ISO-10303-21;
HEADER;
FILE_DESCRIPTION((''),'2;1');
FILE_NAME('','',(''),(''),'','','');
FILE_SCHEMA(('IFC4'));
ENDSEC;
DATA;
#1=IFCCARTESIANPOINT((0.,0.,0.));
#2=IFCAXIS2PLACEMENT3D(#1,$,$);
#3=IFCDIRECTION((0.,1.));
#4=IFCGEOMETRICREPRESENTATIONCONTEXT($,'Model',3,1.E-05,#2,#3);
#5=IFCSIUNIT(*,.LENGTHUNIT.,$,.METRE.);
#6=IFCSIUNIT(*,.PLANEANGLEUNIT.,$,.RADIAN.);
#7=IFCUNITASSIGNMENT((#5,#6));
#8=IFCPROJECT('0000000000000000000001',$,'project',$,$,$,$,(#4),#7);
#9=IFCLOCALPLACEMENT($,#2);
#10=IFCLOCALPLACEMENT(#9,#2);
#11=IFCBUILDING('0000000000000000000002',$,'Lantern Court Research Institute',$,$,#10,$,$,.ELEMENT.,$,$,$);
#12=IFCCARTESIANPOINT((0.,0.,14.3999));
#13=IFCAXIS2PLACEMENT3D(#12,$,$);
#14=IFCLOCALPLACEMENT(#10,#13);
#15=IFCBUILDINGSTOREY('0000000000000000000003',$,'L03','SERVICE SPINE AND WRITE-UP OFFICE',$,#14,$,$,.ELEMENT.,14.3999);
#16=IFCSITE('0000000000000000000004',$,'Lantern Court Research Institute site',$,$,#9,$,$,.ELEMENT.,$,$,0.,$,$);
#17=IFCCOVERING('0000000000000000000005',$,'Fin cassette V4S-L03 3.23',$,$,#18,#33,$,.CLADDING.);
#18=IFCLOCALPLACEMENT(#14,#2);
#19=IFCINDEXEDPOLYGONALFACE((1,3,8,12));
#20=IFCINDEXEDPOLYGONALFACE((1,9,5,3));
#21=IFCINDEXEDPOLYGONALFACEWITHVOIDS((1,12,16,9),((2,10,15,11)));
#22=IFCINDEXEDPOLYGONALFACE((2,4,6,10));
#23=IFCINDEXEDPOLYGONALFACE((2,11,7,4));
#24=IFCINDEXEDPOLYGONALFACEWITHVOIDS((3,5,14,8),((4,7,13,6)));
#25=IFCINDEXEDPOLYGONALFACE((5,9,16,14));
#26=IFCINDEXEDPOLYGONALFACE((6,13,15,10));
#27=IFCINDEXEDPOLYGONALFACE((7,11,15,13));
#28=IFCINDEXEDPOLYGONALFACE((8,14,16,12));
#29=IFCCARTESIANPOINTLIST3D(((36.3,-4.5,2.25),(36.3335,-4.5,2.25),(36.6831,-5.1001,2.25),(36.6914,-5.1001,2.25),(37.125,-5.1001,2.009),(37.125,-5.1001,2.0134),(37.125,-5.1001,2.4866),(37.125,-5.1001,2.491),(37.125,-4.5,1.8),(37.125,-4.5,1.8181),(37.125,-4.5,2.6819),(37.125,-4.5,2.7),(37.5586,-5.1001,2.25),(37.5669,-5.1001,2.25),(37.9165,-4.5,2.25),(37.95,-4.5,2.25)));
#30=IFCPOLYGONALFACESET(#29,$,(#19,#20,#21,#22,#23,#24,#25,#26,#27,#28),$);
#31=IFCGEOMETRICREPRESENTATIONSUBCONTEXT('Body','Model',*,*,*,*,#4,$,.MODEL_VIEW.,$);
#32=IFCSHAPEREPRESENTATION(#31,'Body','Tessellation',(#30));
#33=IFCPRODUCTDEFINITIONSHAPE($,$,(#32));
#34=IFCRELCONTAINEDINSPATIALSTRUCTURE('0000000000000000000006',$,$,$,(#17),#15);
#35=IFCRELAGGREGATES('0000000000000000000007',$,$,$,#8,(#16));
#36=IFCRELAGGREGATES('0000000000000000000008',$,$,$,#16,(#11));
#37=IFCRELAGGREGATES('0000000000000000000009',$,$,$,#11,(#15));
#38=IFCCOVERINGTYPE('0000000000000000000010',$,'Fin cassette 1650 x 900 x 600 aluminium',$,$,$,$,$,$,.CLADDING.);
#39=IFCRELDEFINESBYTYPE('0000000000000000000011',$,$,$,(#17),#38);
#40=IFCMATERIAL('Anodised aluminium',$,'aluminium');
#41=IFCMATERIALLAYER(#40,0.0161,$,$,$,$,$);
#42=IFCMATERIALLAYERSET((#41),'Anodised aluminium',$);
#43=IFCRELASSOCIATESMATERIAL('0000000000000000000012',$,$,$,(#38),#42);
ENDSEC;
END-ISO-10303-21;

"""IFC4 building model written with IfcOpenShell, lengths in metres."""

from ifc_helpers import new_model, entity, si_unit, direction, frame, origin, place, context, subcontext, project, spatial, material, layer, layer_set, type_object, element, save


model = new_model("IFC4")

# Units and contexts
model_context = context("Model", 3, precision=1e-05, world=origin(), true_north=direction((0.0, 1.0)))
body_context = subcontext(model_context, "Body", "Model", "MODEL_VIEW")
ifc_project = project(units=[si_unit("LENGTHUNIT", "METRE"), si_unit("PLANEANGLEUNIT", "RADIAN")], contexts=[model_context])

# Site, building, storey
site_placement = place(None, origin())
site = spatial("IfcSite", under=ifc_project, at=site_placement, Name="Lantern Court Research Institute site", CompositionType="ELEMENT", RefElevation=0.0)
building_placement = place(site_placement, origin())
building = spatial("IfcBuilding", under=site, at=building_placement, Name="Lantern Court Research Institute", CompositionType="ELEMENT")
storey_placement = place(building_placement, frame((0.0, 0.0, 14.3999)))
storey = spatial("IfcBuildingStorey", under=building, at=storey_placement, Name="L03", Description="SERVICE SPINE AND WRITE-UP OFFICE", CompositionType="ELEMENT", Elevation=14.3999)

# Covering
ifc_material_1 = material(Name="Anodised aluminium", Category="aluminium")
ifc_layer_1 = layer(ifc_material_1, 0.0161)
ifc_layer_set_1 = layer_set([ifc_layer_1], Name="Anodised aluminium")
covering_type = type_object("IfcCoveringType", Name="Fin cassette 1650 x 900 x 600 aluminium", PredefinedType="CLADDING", material=ifc_layer_set_1)
covering_1_placement = place(storey_placement, frame((37.125, -4.5, 2.25), z_axis=(0.0, -1.0, 0.0), x_axis=(1.0, 0.0, 0.0)))
cartesian_point_1 = entity("IfcCartesianPoint", [0.825, 0.0])
cartesian_point_2 = entity("IfcCartesianPoint", [0.7915, 0.0])
cartesian_point_3 = entity("IfcCartesianPoint", [0.4419, 0.0])
cartesian_point_4 = entity("IfcCartesianPoint", [0.4336, 0.0])
element("IfcCovering", 1, at=covering_1_placement, inside=storey, type_object=covering_type, Name="Fin cassette V4S-L03 3.23", PredefinedType="CLADDING", context=body_context, shape_type="SweptSolid", body=[
    entity("IfcExtrudedAreaSolidTapered", entity("IfcArbitraryProfileDefWithVoids", "AREA", None, entity("IfcPolyline", [cartesian_point_1, entity("IfcCartesianPoint", [0.0, 0.45]), entity("IfcCartesianPoint", [-0.825, 0.0]), entity("IfcCartesianPoint", [0.0, -0.45]), cartesian_point_1]), [entity("IfcPolyline", [cartesian_point_2, entity("IfcCartesianPoint", [0.0, 0.4319]), entity("IfcCartesianPoint", [-0.7915, 0.0]), entity("IfcCartesianPoint", [0.0, -0.4319]), cartesian_point_2])]), entity("IfcAxis2Placement3D", entity("IfcCartesianPoint", [0.0, 0.0, 0.0])), entity("IfcDirection", [0.0, 0.0, 1.0]), 0.6001, entity("IfcArbitraryProfileDefWithVoids", "AREA", None, entity("IfcPolyline", [cartesian_point_3, entity("IfcCartesianPoint", [0.0, 0.241]), entity("IfcCartesianPoint", [-0.4419, 0.0]), entity("IfcCartesianPoint", [0.0, -0.241]), cartesian_point_3]), [entity("IfcPolyline", [cartesian_point_4, entity("IfcCartesianPoint", [0.0, 0.2366]), entity("IfcCartesianPoint", [-0.4336, 0.0]), entity("IfcCartesianPoint", [0.0, -0.2366]), cartesian_point_4])])),
])

save(model, "model.ifc")
